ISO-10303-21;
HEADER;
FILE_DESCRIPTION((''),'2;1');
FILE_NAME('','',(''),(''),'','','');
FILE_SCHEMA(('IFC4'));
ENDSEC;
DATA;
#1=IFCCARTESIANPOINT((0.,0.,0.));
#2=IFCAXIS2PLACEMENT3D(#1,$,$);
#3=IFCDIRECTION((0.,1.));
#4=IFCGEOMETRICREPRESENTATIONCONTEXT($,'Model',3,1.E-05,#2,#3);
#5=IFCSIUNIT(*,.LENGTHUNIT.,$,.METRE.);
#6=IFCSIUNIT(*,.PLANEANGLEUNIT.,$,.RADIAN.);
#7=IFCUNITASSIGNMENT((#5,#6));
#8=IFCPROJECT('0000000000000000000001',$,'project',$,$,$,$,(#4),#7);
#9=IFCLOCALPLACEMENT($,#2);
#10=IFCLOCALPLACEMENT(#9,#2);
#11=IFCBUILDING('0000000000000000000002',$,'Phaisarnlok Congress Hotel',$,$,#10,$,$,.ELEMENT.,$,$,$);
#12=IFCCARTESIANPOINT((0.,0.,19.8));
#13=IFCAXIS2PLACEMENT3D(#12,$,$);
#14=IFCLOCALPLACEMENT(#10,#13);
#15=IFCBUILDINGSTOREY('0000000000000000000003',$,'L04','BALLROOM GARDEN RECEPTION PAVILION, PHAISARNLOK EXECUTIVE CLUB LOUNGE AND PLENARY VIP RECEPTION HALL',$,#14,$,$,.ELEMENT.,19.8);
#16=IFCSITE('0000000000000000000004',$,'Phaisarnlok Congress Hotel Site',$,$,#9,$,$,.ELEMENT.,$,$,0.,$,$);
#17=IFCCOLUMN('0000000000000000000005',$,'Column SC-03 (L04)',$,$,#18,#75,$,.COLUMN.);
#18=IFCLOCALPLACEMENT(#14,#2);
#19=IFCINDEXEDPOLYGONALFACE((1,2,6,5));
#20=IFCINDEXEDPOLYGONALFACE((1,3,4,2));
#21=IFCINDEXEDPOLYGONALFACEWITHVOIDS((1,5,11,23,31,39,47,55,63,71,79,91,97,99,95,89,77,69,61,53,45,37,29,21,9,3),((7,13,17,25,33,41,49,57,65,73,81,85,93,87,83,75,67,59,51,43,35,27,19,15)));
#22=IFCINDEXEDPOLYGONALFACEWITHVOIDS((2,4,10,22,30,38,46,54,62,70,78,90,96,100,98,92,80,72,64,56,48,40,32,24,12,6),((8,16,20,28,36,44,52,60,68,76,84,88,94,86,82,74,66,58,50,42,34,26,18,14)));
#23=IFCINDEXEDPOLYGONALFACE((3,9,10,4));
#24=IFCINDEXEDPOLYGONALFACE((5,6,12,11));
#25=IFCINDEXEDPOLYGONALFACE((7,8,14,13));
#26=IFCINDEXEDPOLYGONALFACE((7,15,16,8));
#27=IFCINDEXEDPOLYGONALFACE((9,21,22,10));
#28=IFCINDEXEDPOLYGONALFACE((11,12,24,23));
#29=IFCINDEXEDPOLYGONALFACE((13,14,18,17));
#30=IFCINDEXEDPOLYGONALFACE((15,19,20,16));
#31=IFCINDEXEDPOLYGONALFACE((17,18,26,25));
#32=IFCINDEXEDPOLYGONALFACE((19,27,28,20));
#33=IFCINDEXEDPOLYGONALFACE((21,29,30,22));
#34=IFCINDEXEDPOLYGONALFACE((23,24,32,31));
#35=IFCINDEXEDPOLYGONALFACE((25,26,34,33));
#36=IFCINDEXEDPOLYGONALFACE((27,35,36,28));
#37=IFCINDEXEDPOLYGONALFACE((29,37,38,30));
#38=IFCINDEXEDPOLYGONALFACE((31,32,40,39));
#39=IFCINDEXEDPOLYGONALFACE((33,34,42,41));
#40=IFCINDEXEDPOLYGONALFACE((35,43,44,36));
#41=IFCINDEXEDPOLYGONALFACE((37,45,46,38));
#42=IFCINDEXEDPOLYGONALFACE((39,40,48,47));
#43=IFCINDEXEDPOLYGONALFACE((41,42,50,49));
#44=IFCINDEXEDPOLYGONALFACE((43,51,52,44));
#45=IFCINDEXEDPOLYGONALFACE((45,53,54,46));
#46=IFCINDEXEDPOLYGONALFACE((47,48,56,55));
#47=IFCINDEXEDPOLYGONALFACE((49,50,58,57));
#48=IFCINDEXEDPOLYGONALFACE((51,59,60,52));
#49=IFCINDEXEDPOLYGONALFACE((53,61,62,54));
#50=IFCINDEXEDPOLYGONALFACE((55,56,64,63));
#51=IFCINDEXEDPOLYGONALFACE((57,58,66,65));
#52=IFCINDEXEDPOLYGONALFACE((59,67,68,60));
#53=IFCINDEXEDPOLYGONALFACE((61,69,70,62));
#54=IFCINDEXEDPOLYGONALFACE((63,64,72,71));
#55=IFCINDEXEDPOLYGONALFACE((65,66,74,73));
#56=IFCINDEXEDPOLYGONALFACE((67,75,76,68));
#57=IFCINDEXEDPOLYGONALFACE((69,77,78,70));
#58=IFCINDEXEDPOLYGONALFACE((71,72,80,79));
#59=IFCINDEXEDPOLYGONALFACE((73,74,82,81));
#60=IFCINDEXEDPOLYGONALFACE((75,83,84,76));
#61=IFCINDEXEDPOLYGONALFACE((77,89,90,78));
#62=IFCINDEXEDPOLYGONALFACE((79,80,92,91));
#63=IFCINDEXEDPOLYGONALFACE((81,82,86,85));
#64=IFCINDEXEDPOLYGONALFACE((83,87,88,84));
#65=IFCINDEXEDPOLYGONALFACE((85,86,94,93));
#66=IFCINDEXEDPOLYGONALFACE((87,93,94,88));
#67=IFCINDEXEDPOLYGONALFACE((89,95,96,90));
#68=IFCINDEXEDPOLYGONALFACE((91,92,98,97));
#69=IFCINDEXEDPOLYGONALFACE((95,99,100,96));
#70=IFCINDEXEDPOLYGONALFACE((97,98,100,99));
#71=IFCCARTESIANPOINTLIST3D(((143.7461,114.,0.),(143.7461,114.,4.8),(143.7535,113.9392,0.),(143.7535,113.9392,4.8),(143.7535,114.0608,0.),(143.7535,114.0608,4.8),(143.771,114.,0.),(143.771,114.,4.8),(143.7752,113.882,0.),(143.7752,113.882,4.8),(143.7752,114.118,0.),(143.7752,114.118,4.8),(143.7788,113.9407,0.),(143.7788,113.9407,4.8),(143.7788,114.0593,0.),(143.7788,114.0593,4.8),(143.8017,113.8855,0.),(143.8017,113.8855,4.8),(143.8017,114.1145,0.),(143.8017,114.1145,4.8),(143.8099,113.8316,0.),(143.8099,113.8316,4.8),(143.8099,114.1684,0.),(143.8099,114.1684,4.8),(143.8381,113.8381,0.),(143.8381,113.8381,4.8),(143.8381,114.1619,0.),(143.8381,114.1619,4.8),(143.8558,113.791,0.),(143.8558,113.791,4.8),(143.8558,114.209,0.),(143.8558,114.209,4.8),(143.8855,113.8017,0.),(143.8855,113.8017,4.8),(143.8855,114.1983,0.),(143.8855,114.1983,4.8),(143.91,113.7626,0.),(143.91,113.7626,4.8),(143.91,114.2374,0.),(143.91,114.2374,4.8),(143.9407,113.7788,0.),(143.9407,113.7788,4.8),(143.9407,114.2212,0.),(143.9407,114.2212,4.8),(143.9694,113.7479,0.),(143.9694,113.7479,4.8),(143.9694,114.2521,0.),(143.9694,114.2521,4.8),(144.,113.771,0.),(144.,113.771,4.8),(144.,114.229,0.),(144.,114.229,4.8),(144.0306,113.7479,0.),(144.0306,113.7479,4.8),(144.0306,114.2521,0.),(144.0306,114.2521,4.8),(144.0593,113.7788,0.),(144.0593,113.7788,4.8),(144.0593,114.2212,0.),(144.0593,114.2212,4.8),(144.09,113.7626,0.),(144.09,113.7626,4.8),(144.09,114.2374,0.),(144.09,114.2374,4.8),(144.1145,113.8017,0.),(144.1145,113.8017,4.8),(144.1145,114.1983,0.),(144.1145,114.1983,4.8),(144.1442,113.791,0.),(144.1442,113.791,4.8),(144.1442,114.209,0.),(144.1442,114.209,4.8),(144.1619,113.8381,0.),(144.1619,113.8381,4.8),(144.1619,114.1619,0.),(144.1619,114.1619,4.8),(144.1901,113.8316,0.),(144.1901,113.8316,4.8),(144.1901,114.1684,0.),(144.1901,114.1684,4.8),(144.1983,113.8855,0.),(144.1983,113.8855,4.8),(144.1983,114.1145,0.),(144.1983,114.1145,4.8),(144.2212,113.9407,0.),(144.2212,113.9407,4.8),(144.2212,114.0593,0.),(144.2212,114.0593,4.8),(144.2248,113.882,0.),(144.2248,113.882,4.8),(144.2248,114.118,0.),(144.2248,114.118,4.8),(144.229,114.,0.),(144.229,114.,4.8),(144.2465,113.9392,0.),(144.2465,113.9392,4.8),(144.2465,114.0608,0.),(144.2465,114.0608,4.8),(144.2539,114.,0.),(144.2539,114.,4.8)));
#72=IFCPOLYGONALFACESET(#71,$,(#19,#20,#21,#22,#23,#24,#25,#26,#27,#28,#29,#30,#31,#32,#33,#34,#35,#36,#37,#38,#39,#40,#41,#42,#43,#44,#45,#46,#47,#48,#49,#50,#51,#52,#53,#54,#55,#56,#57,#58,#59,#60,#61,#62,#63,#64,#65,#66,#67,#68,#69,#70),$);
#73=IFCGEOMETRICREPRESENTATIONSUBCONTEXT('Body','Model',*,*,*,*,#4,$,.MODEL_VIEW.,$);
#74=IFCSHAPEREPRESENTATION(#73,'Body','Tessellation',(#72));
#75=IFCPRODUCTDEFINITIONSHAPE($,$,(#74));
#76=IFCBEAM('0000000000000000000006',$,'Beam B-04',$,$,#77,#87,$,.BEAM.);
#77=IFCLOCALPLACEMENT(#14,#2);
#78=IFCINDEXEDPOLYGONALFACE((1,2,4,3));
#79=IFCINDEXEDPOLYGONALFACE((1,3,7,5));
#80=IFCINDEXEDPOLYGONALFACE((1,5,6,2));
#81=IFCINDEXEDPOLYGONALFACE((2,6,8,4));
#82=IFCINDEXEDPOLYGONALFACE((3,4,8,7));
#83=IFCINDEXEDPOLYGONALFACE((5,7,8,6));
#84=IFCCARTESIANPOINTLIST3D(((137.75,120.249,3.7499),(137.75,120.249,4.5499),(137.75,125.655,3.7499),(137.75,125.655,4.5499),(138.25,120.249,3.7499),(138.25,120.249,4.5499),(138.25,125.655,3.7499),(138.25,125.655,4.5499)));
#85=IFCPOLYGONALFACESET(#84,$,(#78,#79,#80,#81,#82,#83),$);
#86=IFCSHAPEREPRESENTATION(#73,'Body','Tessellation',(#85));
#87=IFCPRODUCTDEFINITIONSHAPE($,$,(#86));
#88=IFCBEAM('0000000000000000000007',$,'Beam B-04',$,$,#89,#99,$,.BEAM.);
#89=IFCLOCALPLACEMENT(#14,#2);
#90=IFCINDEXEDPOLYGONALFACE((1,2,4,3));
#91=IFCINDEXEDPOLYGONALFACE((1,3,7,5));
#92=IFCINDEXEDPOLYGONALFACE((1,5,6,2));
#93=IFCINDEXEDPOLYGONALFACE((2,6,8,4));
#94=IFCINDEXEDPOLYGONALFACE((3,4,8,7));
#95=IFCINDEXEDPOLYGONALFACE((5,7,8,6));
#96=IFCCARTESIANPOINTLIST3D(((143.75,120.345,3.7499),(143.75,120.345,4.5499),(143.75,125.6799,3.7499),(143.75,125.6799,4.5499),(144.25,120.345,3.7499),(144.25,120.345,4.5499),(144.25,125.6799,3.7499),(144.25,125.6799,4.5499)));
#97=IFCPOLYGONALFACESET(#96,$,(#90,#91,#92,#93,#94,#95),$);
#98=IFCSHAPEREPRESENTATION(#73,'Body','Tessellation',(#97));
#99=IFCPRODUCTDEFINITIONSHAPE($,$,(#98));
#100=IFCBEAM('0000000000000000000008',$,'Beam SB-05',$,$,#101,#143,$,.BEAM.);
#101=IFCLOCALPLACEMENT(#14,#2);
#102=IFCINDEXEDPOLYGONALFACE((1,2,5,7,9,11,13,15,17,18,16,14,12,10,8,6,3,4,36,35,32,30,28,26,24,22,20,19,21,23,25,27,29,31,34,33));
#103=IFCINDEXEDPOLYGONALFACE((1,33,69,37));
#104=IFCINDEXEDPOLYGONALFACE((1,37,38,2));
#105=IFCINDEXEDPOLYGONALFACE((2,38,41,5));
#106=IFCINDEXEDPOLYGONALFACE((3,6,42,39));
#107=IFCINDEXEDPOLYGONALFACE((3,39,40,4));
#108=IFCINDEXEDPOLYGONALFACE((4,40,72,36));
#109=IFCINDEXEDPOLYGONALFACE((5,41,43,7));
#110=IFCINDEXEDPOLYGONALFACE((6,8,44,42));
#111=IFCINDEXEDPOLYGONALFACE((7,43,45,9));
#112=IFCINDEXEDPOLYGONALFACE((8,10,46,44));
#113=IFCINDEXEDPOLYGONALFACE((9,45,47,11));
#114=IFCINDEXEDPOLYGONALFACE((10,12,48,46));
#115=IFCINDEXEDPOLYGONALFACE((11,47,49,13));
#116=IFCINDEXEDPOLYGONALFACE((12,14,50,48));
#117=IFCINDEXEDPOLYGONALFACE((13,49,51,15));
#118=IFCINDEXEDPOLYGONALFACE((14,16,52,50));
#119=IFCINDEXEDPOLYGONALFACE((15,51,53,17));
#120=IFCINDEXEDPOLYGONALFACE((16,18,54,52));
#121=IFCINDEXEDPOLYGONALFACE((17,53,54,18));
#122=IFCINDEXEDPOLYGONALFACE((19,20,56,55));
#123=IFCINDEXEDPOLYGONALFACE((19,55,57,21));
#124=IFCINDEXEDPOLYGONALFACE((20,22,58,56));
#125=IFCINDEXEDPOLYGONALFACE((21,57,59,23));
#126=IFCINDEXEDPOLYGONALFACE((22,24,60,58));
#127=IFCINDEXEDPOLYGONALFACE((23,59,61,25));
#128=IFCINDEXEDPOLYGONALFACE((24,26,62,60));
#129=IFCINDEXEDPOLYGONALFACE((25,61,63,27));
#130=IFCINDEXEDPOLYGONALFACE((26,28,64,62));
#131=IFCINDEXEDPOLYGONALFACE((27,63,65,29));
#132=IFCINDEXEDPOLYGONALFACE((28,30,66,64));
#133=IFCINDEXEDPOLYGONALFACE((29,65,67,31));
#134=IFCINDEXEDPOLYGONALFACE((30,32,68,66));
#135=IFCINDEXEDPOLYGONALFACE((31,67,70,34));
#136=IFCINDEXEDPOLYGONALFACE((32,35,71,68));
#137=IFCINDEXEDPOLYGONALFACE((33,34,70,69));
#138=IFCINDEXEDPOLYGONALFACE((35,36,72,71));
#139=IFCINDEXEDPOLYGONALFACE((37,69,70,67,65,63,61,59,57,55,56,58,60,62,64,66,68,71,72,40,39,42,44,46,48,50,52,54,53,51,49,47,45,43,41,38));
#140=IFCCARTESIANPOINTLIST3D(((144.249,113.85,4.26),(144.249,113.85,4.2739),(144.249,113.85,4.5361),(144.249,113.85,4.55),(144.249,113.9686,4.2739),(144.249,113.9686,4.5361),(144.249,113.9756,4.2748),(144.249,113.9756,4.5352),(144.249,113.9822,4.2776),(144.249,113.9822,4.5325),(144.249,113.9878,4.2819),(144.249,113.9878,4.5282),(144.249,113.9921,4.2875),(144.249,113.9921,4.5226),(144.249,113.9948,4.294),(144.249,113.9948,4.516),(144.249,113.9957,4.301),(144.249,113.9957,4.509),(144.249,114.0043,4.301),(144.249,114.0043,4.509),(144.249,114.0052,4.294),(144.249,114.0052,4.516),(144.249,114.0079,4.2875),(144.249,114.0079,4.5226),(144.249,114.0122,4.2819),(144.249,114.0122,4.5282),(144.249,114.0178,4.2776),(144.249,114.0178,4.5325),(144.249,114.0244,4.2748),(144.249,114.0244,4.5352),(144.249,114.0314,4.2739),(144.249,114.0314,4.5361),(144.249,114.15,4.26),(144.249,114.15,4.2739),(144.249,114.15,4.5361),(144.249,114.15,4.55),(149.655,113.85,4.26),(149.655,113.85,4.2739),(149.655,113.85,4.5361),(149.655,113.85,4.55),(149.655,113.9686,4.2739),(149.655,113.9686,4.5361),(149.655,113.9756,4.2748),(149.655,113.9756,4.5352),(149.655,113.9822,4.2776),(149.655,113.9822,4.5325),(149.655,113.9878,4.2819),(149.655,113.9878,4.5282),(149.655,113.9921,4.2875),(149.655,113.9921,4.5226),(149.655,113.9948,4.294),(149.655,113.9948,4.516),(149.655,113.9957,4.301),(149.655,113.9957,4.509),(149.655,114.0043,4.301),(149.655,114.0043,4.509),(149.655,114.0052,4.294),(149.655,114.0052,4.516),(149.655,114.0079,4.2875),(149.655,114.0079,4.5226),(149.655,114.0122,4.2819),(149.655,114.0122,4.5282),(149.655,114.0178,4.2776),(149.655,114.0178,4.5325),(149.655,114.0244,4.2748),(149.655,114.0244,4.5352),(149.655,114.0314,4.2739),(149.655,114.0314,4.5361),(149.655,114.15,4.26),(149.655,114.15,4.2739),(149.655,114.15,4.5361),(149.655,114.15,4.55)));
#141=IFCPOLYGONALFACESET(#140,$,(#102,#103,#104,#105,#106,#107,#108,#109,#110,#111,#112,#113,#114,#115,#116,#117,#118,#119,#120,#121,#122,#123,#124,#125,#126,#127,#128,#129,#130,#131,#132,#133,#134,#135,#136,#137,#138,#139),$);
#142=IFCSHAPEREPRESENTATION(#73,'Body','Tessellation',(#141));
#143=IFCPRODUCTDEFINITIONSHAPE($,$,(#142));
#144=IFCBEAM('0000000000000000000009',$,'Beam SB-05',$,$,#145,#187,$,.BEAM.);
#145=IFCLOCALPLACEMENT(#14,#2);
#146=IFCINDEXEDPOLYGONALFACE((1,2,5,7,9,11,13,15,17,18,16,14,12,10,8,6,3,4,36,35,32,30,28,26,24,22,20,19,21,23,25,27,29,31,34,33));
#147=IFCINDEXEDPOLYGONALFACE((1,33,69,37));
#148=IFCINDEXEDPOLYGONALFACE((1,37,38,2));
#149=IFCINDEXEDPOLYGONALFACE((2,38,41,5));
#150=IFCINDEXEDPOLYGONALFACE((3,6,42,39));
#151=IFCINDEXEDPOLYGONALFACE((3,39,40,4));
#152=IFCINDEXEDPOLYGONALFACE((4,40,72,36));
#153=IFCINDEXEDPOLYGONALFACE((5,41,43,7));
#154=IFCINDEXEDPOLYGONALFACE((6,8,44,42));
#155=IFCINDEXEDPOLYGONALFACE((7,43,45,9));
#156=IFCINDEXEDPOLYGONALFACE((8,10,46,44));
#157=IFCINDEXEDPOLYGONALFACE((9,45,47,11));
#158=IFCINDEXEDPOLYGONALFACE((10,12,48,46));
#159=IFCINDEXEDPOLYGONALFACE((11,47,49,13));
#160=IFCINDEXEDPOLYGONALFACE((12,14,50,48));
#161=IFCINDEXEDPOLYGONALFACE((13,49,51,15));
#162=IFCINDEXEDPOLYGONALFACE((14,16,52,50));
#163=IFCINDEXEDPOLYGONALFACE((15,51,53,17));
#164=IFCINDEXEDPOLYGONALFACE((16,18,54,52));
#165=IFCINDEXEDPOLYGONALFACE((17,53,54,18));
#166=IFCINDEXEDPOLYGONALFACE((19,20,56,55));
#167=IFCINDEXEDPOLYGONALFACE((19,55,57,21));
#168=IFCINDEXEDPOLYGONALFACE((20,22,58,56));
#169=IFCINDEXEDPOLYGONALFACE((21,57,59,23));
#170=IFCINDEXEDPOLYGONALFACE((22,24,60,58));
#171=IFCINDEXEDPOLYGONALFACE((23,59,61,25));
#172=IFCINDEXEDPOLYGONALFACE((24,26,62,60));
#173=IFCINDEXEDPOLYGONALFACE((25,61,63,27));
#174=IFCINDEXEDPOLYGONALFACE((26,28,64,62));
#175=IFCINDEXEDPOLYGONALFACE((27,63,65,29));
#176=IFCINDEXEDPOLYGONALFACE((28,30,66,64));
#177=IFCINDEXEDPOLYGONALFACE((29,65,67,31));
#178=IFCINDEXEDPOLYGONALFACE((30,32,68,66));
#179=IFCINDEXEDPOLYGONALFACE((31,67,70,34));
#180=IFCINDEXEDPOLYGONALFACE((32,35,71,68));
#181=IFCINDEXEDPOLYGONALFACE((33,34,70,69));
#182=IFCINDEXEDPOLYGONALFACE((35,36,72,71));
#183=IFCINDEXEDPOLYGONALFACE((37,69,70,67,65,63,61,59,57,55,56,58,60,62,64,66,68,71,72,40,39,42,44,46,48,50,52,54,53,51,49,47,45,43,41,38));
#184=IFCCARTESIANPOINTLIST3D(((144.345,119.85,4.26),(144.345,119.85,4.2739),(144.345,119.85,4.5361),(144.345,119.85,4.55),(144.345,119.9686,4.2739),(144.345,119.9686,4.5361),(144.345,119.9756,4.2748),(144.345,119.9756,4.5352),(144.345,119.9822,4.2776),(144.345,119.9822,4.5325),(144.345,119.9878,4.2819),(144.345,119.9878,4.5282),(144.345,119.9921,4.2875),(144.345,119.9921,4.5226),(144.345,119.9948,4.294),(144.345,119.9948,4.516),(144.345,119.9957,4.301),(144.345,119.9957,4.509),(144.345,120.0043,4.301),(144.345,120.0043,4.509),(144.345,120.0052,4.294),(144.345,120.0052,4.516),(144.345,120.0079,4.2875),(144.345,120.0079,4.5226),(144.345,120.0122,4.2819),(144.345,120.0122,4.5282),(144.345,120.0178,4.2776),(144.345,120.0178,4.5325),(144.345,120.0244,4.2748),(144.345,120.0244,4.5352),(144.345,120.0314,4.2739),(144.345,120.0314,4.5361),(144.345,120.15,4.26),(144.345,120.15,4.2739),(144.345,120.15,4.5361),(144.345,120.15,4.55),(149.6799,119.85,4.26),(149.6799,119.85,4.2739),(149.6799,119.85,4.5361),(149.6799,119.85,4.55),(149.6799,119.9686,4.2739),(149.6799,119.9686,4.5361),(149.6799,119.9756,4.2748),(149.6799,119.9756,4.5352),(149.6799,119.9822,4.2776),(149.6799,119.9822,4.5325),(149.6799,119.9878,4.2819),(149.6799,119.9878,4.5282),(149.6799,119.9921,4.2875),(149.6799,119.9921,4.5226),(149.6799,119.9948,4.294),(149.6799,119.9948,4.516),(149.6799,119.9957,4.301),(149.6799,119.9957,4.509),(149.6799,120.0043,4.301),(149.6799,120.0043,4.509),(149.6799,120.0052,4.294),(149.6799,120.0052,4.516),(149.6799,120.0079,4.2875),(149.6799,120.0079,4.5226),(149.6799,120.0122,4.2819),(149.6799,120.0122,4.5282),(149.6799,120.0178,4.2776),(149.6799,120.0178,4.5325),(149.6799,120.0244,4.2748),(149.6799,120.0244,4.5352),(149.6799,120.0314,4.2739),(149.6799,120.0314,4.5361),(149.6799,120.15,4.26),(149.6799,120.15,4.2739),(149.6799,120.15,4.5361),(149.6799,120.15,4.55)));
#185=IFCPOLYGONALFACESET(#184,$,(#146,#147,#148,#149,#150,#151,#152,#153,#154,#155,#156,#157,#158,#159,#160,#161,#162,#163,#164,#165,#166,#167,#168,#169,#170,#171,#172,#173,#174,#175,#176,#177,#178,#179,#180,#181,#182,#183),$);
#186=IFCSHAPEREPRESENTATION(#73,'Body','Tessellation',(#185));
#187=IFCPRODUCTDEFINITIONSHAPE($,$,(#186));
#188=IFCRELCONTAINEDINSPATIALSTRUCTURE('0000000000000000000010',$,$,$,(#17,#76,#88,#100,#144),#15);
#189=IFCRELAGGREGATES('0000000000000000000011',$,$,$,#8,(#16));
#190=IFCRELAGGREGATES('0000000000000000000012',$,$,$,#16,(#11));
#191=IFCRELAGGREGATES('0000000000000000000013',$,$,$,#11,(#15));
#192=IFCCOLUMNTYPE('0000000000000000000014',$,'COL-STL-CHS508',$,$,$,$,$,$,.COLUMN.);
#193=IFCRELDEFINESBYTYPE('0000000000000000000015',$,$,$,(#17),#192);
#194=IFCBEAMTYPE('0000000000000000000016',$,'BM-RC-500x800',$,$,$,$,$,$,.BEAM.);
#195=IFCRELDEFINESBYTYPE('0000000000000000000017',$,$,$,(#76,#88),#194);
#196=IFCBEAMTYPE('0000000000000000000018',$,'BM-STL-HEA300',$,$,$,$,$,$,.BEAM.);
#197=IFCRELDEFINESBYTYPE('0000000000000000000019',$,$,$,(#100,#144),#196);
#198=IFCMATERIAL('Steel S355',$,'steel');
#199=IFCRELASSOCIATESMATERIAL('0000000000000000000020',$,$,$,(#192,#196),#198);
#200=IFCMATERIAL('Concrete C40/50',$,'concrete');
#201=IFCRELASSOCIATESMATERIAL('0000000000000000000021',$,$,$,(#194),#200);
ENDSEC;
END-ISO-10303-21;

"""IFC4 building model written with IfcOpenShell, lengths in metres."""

from ifc_helpers import new_model, si_unit, direction, frame, origin, origin_2d, place, context, subcontext, project, spatial, rectangle, hollow_circle, i_section, extrude, material, material_profile, profile_set, type_object, element, save


model = new_model("IFC4")

# Units and contexts
model_context = context("Model", 3, precision=1e-05, world=origin(), true_north=direction((0.0, 1.0)))
body_context = subcontext(model_context, "Body", "Model", "MODEL_VIEW")
ifc_project = project(units=[si_unit("LENGTHUNIT", "METRE"), si_unit("PLANEANGLEUNIT", "RADIAN")], contexts=[model_context])

# Site, building, storey
site_placement = place(None, origin())
site = spatial("IfcSite", under=ifc_project, at=site_placement, Name="Phaisarnlok Congress Hotel Site", CompositionType="ELEMENT", RefElevation=0.0)
building_placement = place(site_placement, origin())
building = spatial("IfcBuilding", under=site, at=building_placement, Name="Phaisarnlok Congress Hotel", CompositionType="ELEMENT")
storey_placement = place(building_placement, frame((0.0, 0.0, 19.8)))
storey = spatial("IfcBuildingStorey", under=building, at=storey_placement, Name="L04", Description="BALLROOM GARDEN RECEPTION PAVILION, PHAISARNLOK EXECUTIVE CLUB LOUNGE AND PLENARY VIP RECEPTION HALL", CompositionType="ELEMENT", Elevation=19.8)

# Column
ifc_material_1 = material(Name="Steel S355", Category="steel")
ifc_material_profile_1 = material_profile(ifc_material_1, hollow_circle(Radius=0.2539, WallThickness=0.0249, at=origin_2d()), Name="CHS 508x25")
ifc_profile_set_1 = profile_set([ifc_material_profile_1], Name="Steel S355")
column_type_1 = type_object("IfcColumnType", Name="COL-STL-CHS508", PredefinedType="COLUMN", material=ifc_profile_set_1)
for number, where, z_axis, x_axis, name in (
    (1, (144.0, 114.0, 0.0), (0.0, 0.0, 1.0), (1.0, 0.0, 0.0), "Column SC-03 (L04)"),
):
    element("IfcColumn", number, at=place(storey_placement, frame(where, z_axis=z_axis, x_axis=x_axis)), inside=storey, type_object=column_type_1, Name=name, PredefinedType="COLUMN", context=body_context, shape_type="SweptSolid", body=[
        extrude(hollow_circle(Radius=0.2539, WallThickness=0.0249, at=origin_2d()), origin(), (0.0, 0.0, 1.0), 4.8),
    ])

# Beams
ifc_material_2 = material(Name="Concrete C40/50", Category="concrete")
ifc_material_profile_2 = material_profile(ifc_material_2, rectangle(XDim=0.5, YDim=0.8, at=origin_2d()), Name="RC 500x800")
ifc_profile_set_2 = profile_set([ifc_material_profile_2], Name="Concrete C40/50")
beam_type_1 = type_object("IfcBeamType", Name="BM-RC-500x800", PredefinedType="BEAM", material=ifc_profile_set_2)
beam_1_placement = place(storey_placement, frame((138.0, 120.249, 4.1499), z_axis=(0.0, 1.0, 0.0), x_axis=(-1.0, 0.0, 0.0)))
element("IfcBeam", 2, at=beam_1_placement, inside=storey, type_object=beam_type_1, Name="Beam B-04", PredefinedType="BEAM", context=body_context, shape_type="SweptSolid", body=[
    extrude(rectangle(XDim=0.5, YDim=0.8, at=origin_2d()), origin(), (0.0, 0.0, 1.0), 5.406),
])
beam_2_placement = place(storey_placement, frame((144.0, 120.345, 4.1499), z_axis=(0.0, 1.0, 0.0), x_axis=(-1.0, 0.0, 0.0)))
element("IfcBeam", 3, at=beam_2_placement, inside=storey, type_object=beam_type_1, Name="Beam B-04", PredefinedType="BEAM", context=body_context, shape_type="SweptSolid", body=[
    extrude(rectangle(XDim=0.5, YDim=0.8, at=origin_2d()), origin(), (0.0, 0.0, 1.0), 5.335),
])
ifc_material_profile_3 = material_profile(ifc_material_1, i_section(OverallWidth=0.3, OverallDepth=0.29, WebThickness=0.0085, FlangeThickness=0.0139, FilletRadius=0.0271, at=origin_2d()), Name="HEA 300")
ifc_profile_set_3 = profile_set([ifc_material_profile_3], Name="Steel S355")
beam_type_2 = type_object("IfcBeamType", Name="BM-STL-HEA300", PredefinedType="BEAM", material=ifc_profile_set_3)
beam_3_placement = place(storey_placement, frame((144.249, 114.0, 4.405), z_axis=(1.0, 0.0, 0.0), x_axis=(0.0, 1.0, 0.0)))
element("IfcBeam", 4, at=beam_3_placement, inside=storey, type_object=beam_type_2, Name="Beam SB-05", PredefinedType="BEAM", context=body_context, shape_type="SweptSolid", body=[
    extrude(i_section(OverallWidth=0.3, OverallDepth=0.29, WebThickness=0.0085, FlangeThickness=0.0139, FilletRadius=0.0271, at=origin_2d()), origin(), (0.0, 0.0, 1.0), 5.406),
])
beam_4_placement = place(storey_placement, frame((144.345, 120.0, 4.405), z_axis=(1.0, 0.0, 0.0), x_axis=(0.0, 1.0, 0.0)))
element("IfcBeam", 5, at=beam_4_placement, inside=storey, type_object=beam_type_2, Name="Beam SB-05", PredefinedType="BEAM", context=body_context, shape_type="SweptSolid", body=[
    extrude(i_section(OverallWidth=0.3, OverallDepth=0.29, WebThickness=0.0085, FlangeThickness=0.0139, FilletRadius=0.0271, at=origin_2d()), origin(), (0.0, 0.0, 1.0), 5.335),
])

save(model, "model.ifc")
